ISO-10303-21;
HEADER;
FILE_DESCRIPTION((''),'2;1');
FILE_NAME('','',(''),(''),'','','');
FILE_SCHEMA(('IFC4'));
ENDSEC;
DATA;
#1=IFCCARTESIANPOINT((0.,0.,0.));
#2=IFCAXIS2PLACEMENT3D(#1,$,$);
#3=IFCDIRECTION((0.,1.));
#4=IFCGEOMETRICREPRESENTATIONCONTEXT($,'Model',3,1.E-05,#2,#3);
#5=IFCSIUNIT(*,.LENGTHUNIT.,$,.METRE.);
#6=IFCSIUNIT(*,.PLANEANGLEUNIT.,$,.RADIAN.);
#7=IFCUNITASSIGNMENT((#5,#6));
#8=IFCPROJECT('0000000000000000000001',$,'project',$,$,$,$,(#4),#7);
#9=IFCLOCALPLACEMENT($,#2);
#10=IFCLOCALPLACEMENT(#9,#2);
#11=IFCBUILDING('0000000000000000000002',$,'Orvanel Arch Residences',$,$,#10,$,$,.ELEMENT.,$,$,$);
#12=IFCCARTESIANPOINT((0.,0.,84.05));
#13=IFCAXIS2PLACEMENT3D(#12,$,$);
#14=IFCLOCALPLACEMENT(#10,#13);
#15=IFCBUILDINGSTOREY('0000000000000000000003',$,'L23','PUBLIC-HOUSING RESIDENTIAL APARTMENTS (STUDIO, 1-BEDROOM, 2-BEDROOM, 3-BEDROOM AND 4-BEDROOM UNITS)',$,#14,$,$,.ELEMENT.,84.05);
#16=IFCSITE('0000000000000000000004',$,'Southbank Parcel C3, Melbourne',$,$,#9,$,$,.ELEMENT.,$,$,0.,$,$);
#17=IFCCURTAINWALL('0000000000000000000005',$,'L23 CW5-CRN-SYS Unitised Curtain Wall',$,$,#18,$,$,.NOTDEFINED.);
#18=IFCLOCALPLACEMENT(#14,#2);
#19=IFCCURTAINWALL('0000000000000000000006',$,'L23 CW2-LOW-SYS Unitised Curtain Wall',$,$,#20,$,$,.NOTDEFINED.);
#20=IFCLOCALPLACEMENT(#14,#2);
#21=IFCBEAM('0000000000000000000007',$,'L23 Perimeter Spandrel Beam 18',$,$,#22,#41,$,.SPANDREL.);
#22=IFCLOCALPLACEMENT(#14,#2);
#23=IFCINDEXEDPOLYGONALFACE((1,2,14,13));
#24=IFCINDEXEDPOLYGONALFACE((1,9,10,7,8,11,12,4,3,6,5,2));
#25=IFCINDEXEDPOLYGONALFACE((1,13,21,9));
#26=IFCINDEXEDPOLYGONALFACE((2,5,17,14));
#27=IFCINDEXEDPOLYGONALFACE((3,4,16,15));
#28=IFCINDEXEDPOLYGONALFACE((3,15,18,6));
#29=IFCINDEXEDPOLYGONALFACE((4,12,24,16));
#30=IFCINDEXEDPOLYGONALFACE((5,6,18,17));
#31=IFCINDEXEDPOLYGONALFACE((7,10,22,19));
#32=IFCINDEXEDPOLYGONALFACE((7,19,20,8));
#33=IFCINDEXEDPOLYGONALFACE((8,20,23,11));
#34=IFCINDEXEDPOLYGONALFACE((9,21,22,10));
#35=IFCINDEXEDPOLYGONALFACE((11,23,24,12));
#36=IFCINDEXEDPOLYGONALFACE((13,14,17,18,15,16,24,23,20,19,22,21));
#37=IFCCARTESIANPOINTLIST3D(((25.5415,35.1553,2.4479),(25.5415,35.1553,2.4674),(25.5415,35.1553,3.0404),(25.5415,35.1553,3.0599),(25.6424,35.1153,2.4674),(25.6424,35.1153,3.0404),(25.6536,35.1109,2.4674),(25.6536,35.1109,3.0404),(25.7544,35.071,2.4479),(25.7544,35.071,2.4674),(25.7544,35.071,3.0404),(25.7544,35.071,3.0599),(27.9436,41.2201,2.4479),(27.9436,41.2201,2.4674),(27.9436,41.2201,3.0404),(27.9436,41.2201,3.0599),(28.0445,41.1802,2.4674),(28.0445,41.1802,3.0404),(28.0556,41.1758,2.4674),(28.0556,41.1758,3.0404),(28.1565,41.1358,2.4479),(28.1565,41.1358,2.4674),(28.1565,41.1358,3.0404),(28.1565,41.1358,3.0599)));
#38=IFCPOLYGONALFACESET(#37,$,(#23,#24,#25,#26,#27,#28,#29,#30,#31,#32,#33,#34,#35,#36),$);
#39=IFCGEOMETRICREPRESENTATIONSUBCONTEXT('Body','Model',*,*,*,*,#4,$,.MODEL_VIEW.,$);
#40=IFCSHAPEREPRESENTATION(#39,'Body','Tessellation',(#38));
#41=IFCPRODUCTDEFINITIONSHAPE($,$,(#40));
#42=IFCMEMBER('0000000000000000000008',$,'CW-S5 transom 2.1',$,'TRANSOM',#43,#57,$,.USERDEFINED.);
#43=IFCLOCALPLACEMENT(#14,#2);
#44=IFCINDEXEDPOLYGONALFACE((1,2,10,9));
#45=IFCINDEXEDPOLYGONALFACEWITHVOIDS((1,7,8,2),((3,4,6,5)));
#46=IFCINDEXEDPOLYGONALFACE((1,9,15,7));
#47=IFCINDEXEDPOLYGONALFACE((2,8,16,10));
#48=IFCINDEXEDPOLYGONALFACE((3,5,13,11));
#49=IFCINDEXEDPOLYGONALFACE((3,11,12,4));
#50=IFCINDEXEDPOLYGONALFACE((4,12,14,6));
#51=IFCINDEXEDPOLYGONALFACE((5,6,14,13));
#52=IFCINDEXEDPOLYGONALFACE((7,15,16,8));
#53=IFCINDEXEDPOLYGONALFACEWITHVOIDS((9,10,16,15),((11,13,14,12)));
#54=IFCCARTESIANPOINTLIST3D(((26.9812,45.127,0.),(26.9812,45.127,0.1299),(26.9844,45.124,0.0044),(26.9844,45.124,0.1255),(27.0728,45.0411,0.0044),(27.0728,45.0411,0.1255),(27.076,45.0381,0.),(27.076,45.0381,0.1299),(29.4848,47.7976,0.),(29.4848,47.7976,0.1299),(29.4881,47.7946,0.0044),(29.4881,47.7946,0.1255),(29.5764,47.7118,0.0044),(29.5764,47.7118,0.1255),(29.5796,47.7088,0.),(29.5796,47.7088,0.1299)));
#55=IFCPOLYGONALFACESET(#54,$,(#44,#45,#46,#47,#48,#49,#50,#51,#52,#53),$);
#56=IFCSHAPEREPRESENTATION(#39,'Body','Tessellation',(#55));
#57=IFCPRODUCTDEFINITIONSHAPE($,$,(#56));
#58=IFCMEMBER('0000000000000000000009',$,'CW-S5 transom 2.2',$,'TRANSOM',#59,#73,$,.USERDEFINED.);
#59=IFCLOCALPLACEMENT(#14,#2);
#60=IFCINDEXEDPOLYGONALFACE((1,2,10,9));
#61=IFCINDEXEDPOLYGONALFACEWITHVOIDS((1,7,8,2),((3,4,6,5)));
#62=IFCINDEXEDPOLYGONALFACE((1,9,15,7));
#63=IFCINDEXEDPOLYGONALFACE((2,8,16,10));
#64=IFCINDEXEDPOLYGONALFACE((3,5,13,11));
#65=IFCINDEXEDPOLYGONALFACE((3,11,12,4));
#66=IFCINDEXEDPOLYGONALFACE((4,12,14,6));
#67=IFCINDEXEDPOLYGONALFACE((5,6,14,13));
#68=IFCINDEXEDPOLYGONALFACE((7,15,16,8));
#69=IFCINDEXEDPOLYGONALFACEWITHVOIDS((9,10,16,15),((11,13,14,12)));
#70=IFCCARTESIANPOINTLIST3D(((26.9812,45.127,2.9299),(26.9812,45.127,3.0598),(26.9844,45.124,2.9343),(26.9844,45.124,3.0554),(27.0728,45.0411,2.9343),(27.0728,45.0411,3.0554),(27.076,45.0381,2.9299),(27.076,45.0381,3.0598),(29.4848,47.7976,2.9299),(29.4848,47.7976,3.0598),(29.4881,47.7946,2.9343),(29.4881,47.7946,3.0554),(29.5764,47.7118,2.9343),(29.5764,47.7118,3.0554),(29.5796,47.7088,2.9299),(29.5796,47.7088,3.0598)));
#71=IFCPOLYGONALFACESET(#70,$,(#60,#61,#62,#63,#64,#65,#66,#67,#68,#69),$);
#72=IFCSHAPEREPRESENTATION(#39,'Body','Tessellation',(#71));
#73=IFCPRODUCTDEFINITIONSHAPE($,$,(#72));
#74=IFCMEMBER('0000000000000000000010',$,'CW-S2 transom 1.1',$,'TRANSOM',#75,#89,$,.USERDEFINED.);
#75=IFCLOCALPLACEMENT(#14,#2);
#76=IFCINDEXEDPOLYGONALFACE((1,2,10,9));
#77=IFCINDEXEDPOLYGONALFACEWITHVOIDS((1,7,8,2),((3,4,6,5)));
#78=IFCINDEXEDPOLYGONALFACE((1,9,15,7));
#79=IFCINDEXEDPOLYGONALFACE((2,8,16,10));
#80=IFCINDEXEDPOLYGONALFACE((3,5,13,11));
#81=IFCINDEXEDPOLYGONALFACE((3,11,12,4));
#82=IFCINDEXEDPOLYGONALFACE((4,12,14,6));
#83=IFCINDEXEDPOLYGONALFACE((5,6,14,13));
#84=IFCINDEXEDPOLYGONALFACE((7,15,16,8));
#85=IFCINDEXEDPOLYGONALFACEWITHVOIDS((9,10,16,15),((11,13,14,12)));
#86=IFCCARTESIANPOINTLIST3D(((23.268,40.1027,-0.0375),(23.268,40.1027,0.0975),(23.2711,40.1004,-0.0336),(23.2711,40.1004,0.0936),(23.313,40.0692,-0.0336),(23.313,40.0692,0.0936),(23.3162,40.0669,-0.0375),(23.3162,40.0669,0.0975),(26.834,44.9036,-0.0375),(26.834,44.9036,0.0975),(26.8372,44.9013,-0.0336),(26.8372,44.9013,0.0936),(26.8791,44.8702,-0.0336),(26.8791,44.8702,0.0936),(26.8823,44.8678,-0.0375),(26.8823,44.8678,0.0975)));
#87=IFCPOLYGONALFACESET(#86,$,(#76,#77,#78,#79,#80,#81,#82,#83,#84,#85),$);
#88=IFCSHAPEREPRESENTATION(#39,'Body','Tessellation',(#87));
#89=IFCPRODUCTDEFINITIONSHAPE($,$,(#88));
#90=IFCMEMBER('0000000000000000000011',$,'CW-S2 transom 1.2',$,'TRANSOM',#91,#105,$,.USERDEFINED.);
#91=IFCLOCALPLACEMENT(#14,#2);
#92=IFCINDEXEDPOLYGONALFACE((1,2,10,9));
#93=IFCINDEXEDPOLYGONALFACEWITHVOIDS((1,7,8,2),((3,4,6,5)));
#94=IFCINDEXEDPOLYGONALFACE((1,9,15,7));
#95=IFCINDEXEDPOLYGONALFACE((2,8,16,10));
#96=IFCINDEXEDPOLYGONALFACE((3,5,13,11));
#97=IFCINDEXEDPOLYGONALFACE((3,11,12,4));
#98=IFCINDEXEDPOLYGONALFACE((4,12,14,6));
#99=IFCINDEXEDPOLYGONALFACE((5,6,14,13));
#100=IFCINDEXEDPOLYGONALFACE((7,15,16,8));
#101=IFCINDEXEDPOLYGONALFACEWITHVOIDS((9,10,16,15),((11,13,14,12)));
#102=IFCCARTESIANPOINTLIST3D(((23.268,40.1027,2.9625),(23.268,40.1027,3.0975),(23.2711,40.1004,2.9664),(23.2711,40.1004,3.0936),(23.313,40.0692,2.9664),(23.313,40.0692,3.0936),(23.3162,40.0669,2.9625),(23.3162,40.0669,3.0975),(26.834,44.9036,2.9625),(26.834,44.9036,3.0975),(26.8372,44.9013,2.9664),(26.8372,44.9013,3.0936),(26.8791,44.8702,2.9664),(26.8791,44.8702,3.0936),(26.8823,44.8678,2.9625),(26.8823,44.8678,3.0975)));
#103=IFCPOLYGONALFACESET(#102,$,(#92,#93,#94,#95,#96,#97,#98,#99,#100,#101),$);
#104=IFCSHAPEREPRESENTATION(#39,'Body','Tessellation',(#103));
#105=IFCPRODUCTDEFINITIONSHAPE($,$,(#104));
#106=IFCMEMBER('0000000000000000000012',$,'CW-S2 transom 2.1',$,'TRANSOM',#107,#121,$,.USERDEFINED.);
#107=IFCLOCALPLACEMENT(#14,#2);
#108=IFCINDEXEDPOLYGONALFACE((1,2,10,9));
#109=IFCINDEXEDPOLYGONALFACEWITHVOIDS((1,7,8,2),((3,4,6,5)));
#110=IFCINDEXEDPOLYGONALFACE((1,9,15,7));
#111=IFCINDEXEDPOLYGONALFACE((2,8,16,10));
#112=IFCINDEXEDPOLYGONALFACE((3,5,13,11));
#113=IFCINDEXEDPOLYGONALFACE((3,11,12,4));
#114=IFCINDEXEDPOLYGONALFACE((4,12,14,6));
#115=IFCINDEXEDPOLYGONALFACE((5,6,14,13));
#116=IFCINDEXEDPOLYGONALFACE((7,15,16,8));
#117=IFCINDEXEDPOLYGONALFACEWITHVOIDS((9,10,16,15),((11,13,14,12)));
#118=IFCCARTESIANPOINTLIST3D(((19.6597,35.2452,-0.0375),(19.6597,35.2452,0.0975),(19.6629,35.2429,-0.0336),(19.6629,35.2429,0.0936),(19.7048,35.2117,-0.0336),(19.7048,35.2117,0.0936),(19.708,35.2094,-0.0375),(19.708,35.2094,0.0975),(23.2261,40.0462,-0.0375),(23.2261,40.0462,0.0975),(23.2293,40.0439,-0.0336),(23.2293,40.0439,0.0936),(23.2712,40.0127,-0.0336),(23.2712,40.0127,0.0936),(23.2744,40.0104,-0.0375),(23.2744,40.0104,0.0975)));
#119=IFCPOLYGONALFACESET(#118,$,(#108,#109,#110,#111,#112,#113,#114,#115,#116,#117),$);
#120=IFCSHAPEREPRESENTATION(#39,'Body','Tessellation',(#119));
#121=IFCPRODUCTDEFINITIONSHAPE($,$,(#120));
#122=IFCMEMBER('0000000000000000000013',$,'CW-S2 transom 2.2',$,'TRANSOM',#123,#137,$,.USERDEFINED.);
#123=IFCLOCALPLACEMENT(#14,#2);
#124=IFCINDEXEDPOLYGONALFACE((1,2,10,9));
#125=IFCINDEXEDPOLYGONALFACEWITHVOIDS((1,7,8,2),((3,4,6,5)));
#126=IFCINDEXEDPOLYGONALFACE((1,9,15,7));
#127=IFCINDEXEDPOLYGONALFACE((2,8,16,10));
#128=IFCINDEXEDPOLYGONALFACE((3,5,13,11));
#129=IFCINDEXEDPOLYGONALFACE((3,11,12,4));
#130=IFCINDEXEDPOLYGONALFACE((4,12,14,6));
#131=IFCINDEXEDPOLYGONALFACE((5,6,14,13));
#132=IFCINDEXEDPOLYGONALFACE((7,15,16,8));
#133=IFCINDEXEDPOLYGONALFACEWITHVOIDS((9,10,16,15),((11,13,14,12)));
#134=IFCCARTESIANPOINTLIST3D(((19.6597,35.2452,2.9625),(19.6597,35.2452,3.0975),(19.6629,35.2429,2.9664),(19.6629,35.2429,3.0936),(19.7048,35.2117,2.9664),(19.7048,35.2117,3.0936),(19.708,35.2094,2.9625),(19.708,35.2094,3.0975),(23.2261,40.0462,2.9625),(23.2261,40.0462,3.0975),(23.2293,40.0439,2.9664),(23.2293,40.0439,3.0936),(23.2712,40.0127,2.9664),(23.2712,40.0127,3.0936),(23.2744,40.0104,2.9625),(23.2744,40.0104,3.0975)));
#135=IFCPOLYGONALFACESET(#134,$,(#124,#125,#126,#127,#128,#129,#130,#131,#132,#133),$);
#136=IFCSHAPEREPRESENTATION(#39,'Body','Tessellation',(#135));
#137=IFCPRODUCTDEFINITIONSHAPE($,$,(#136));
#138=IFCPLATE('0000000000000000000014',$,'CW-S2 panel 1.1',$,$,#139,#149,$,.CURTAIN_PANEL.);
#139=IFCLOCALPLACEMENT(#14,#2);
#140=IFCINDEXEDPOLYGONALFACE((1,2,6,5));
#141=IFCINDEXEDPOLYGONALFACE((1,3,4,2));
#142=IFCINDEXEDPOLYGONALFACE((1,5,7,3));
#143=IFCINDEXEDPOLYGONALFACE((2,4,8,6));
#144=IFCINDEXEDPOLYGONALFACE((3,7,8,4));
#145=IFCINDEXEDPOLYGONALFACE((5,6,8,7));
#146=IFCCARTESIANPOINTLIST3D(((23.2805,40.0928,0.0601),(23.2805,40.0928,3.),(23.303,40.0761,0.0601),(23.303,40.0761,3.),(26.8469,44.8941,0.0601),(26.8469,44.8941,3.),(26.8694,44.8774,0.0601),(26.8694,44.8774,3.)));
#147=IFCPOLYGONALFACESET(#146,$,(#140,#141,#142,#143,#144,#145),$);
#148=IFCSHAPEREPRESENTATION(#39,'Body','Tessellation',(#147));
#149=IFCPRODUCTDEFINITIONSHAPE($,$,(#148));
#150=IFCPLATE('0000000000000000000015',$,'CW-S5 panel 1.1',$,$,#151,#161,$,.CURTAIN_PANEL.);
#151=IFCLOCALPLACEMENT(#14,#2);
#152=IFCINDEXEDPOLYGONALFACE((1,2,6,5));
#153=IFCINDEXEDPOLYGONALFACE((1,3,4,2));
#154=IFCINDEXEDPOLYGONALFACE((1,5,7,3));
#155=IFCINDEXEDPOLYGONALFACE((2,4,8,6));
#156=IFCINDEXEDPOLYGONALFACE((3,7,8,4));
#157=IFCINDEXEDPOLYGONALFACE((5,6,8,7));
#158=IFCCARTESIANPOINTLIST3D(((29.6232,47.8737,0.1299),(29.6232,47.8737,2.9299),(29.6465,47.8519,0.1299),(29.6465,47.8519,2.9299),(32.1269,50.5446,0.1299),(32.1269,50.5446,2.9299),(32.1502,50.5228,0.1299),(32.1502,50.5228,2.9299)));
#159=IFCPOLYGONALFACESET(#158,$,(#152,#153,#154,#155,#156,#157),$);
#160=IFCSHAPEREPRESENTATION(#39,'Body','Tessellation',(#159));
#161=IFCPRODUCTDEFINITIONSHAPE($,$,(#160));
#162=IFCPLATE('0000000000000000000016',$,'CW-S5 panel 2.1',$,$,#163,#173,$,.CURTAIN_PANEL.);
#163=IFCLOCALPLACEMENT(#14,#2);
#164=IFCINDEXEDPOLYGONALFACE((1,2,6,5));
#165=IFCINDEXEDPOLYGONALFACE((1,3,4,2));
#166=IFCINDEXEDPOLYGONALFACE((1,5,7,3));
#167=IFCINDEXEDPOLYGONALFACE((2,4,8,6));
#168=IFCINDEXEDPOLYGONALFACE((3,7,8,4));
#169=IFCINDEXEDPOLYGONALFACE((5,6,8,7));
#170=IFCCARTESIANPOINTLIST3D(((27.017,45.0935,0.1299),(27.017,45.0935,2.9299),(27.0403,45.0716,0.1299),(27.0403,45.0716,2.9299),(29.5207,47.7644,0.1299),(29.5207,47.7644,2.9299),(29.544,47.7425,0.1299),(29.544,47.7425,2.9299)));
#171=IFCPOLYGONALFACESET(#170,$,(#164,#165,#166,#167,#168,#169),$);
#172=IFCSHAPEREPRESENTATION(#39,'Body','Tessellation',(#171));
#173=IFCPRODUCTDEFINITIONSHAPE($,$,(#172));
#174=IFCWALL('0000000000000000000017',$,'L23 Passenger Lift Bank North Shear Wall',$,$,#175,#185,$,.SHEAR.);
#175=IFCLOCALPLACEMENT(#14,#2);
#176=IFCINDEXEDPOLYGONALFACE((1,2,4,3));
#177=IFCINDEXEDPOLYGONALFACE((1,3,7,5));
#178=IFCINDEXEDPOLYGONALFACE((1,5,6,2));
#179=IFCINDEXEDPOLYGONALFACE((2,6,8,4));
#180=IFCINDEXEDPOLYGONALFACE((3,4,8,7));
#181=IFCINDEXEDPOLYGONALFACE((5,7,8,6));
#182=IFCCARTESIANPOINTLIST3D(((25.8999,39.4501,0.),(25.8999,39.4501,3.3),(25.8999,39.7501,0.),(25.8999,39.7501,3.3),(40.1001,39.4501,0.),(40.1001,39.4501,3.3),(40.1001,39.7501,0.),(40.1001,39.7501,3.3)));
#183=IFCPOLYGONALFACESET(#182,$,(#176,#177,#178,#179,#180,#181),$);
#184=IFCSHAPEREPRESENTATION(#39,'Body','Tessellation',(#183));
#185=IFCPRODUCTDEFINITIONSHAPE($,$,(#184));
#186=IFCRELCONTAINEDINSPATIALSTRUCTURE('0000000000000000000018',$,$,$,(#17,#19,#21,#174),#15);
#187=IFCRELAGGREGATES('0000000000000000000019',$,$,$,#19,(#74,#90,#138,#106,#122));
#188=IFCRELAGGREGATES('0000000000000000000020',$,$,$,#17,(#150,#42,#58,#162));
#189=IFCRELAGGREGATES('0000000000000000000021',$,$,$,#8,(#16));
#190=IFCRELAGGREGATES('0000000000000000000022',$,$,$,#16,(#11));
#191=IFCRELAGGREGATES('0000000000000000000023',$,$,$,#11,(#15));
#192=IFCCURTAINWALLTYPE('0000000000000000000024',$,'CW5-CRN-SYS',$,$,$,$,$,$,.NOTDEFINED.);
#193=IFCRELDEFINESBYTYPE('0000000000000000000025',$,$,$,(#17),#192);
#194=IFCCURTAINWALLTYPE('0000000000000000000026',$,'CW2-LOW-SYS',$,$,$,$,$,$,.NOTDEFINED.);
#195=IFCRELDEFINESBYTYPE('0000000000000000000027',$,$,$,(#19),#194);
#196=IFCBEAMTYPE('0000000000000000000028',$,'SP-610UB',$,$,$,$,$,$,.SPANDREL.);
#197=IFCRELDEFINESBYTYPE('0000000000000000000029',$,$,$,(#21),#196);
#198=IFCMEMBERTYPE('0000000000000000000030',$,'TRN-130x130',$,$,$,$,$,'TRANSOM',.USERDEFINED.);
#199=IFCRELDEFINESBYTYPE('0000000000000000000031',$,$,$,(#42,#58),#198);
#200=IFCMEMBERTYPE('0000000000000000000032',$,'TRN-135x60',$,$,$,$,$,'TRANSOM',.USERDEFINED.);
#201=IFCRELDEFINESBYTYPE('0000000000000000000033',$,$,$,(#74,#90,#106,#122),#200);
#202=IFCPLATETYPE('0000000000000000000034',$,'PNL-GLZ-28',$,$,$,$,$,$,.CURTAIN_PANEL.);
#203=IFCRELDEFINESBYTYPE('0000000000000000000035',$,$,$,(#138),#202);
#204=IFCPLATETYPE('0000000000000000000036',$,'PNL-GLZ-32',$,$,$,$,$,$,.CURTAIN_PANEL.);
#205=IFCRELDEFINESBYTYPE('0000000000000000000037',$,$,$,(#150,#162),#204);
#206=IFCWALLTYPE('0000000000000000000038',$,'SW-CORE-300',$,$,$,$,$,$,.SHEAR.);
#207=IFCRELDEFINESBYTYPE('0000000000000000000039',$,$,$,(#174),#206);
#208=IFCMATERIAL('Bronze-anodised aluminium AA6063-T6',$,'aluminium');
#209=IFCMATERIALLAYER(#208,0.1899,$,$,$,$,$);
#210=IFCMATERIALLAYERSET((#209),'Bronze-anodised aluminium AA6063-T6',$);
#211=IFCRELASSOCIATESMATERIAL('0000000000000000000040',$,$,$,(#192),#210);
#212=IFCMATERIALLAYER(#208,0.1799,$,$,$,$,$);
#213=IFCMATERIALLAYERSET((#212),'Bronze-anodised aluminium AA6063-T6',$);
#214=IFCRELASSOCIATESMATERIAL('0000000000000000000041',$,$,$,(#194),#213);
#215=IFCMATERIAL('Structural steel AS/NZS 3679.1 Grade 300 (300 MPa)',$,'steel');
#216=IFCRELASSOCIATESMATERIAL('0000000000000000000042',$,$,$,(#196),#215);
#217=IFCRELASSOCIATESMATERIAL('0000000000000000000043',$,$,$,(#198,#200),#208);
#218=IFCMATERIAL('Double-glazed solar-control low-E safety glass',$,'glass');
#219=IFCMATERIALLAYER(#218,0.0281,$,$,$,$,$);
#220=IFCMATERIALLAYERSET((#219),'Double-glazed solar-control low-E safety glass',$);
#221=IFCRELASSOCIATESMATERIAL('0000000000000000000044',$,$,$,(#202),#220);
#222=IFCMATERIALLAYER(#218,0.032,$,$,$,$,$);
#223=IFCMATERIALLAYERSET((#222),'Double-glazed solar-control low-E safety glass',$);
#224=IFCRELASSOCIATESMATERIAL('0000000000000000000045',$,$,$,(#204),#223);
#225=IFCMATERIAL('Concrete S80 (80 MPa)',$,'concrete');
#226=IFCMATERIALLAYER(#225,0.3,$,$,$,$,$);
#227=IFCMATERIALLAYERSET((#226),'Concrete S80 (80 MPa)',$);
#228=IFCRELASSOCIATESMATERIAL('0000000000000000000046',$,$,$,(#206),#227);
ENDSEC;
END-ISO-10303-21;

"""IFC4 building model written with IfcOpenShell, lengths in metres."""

from ifc_helpers import new_model, si_unit, direction, frame, frame_2d, origin, origin_2d, place, context, subcontext, project, spatial, rectangle, hollow_rectangle, i_section, extrude, material, layer, layer_set, material_profile, profile_set, type_object, element, aggregate, save


model = new_model("IFC4")

# Units and contexts
model_context = context("Model", 3, precision=1e-05, world=origin(), true_north=direction((0.0, 1.0)))
body_context = subcontext(model_context, "Body", "Model", "MODEL_VIEW")
ifc_project = project(units=[si_unit("LENGTHUNIT", "METRE"), si_unit("PLANEANGLEUNIT", "RADIAN")], contexts=[model_context])

# Site, building, storey
site_placement = place(None, origin())
site = spatial("IfcSite", under=ifc_project, at=site_placement, Name="Southbank Parcel C3, Melbourne", CompositionType="ELEMENT", RefElevation=0.0)
building_placement = place(site_placement, origin())
building = spatial("IfcBuilding", under=site, at=building_placement, Name="Orvanel Arch Residences", CompositionType="ELEMENT")
storey_placement = place(building_placement, frame((0.0, 0.0, 84.05)))
storey = spatial("IfcBuildingStorey", under=building, at=storey_placement, Name="L23", Description="PUBLIC-HOUSING RESIDENTIAL APARTMENTS (STUDIO, 1-BEDROOM, 2-BEDROOM, 3-BEDROOM AND 4-BEDROOM UNITS)", CompositionType="ELEMENT", Elevation=84.05)

# Shared definitions
ifc_material_1 = material(Name="Structural steel AS/NZS 3679.1 Grade 300 (300 MPa)", Category="steel")

# Curtain walls
ifc_material_2 = material(Name="Bronze-anodised aluminium AA6063-T6", Category="aluminium")
ifc_layer_1 = layer(ifc_material_2, 0.1899)
ifc_layer_set_1 = layer_set([ifc_layer_1], Name="Bronze-anodised aluminium AA6063-T6")
curtain_wall_type_1 = type_object("IfcCurtainWallType", Name="CW5-CRN-SYS", PredefinedType="NOTDEFINED", material=ifc_layer_set_1)
curtain_wall_1_placement = place(storey_placement, origin())
curtain_wall_1 = element("IfcCurtainWall", 1, at=curtain_wall_1_placement, inside=storey, type_object=curtain_wall_type_1, Name="L23 CW5-CRN-SYS Unitised Curtain Wall", PredefinedType="NOTDEFINED")
ifc_layer_2 = layer(ifc_material_2, 0.1799)
ifc_layer_set_2 = layer_set([ifc_layer_2], Name="Bronze-anodised aluminium AA6063-T6")
curtain_wall_type_2 = type_object("IfcCurtainWallType", Name="CW2-LOW-SYS", PredefinedType="NOTDEFINED", material=ifc_layer_set_2)
curtain_wall_2_placement = place(storey_placement, origin())
curtain_wall_2 = element("IfcCurtainWall", 2, at=curtain_wall_2_placement, inside=storey, type_object=curtain_wall_type_2, Name="L23 CW2-LOW-SYS Unitised Curtain Wall", PredefinedType="NOTDEFINED")

# Beam
ifc_material_profile_1 = material_profile(ifc_material_1, i_section(OverallWidth=0.229, OverallDepth=0.6121, WebThickness=0.012, FlangeThickness=0.0195, at=origin_2d()), Name="610UB125")
ifc_profile_set_1 = profile_set([ifc_material_profile_1], Name="Structural steel AS/NZS 3679.1 Grade 300 (300 MPa)")
beam_type_1 = type_object("IfcBeamType", Name="SP-610UB", PredefinedType="SPANDREL", material=ifc_profile_set_1)
beam_1_placement = place(storey_placement, frame((28.05, 41.178, 2.7539), z_axis=(-0.368233, -0.929733, 0.0), x_axis=(0.929733, -0.368233, 0.0)))
element("IfcBeam", 3, at=beam_1_placement, inside=storey, type_object=beam_type_1, Name="L23 Perimeter Spandrel Beam 18", PredefinedType="SPANDREL", context=body_context, shape_type="SweptSolid", body=[
    extrude(i_section(OverallWidth=0.229, OverallDepth=0.6121, WebThickness=0.012, FlangeThickness=0.0195, at=origin_2d()), origin(), (0.0, 0.0, 1.0), 6.5232),
])

# Members
ifc_material_profile_2 = material_profile(ifc_material_2, hollow_rectangle(XDim=0.1299, YDim=0.1299, WallThickness=0.0044, at=origin_2d()), Name="ALU130x130x4.5")
ifc_profile_set_2 = profile_set([ifc_material_profile_2], Name="Bronze-anodised aluminium AA6063-T6")
member_type_1 = type_object("IfcMemberType", Name="TRN-130x130", ElementType="TRANSOM", PredefinedType="USERDEFINED", material=ifc_profile_set_2)
member_1_placement = place(storey_placement, frame((29.5322, 47.7532, 0.0649), z_axis=(-0.68393, -0.729548, 0.0), x_axis=(0.729548, -0.68393, 0.0)))
member_1 = element("IfcMember", 4, at=member_1_placement, type_object=member_type_1, Name="CW-S5 transom 2.1", ObjectType="TRANSOM", PredefinedType="USERDEFINED", context=body_context, shape_type="SweptSolid", body=[
    extrude(hollow_rectangle(XDim=0.1299, YDim=0.1299, WallThickness=0.0044, at=origin_2d()), origin(), (0.0, 0.0, 1.0), 3.6606),
])
member_2_placement = place(storey_placement, frame((29.5322, 47.7532, 2.9949), z_axis=(-0.68393, -0.729548, 0.0), x_axis=(0.729548, -0.68393, 0.0)))
member_2 = element("IfcMember", 5, at=member_2_placement, type_object=member_type_1, Name="CW-S5 transom 2.2", ObjectType="TRANSOM", PredefinedType="USERDEFINED", context=body_context, shape_type="SweptSolid", body=[
    extrude(hollow_rectangle(XDim=0.1299, YDim=0.1299, WallThickness=0.0044, at=origin_2d()), origin(), (0.0, 0.0, 1.0), 3.6606),
])
ifc_material_profile_3 = material_profile(ifc_material_2, hollow_rectangle(XDim=0.0601, YDim=0.135, WallThickness=0.0039, at=origin_2d()), Name="ALU135x60x4")
ifc_profile_set_3 = profile_set([ifc_material_profile_3], Name="Bronze-anodised aluminium AA6063-T6")
member_type_2 = type_object("IfcMemberType", Name="TRN-135x60", ElementType="TRANSOM", PredefinedType="USERDEFINED", material=ifc_profile_set_3)
member_3_placement = place(storey_placement, frame((26.8582, 44.8857, 0.03), z_axis=(-0.59629, -0.802769, 0.0), x_axis=(0.802769, -0.59629, 0.0)))
member_3 = element("IfcMember", 6, at=member_3_placement, type_object=member_type_2, Name="CW-S2 transom 1.1", ObjectType="TRANSOM", PredefinedType="USERDEFINED", context=body_context, shape_type="SweptSolid", body=[
    extrude(hollow_rectangle(XDim=0.0601, YDim=0.135, WallThickness=0.0039, at=origin_2d()), origin(), (0.0, 0.0, 1.0), 5.9805),
])
member_4_placement = place(storey_placement, frame((26.8582, 44.8857, 3.03), z_axis=(-0.59629, -0.802769, 0.0), x_axis=(0.802769, -0.59629, 0.0)))
member_4 = element("IfcMember", 7, at=member_4_placement, type_object=member_type_2, Name="CW-S2 transom 1.2", ObjectType="TRANSOM", PredefinedType="USERDEFINED", context=body_context, shape_type="SweptSolid", body=[
    extrude(hollow_rectangle(XDim=0.0601, YDim=0.135, WallThickness=0.0039, at=origin_2d()), origin(), (0.0, 0.0, 1.0), 5.9805),
])
member_5_placement = place(storey_placement, frame((23.2502, 40.0283, 0.03), z_axis=(-0.596316, -0.802749, 0.0), x_axis=(0.802749, -0.596316, 0.0)))
member_5 = element("IfcMember", 8, at=member_5_placement, type_object=member_type_2, Name="CW-S2 transom 2.1", ObjectType="TRANSOM", PredefinedType="USERDEFINED", context=body_context, shape_type="SweptSolid", body=[
    extrude(hollow_rectangle(XDim=0.0601, YDim=0.135, WallThickness=0.0039, at=origin_2d()), origin(), (0.0, 0.0, 1.0), 5.9807),
])
member_6_placement = place(storey_placement, frame((23.2502, 40.0283, 3.03), z_axis=(-0.596316, -0.802749, 0.0), x_axis=(0.802749, -0.596316, 0.0)))
member_6 = element("IfcMember", 9, at=member_6_placement, type_object=member_type_2, Name="CW-S2 transom 2.2", ObjectType="TRANSOM", PredefinedType="USERDEFINED", context=body_context, shape_type="SweptSolid", body=[
    extrude(hollow_rectangle(XDim=0.0601, YDim=0.135, WallThickness=0.0039, at=origin_2d()), origin(), (0.0, 0.0, 1.0), 5.9807),
])

# Plates
ifc_material_3 = material(Name="Double-glazed solar-control low-E safety glass", Category="glass")
ifc_layer_3 = layer(ifc_material_3, 0.0281)
ifc_layer_set_3 = layer_set([ifc_layer_3], Name="Double-glazed solar-control low-E safety glass")
plate_type_1 = type_object("IfcPlateType", Name="PNL-GLZ-28", PredefinedType="CURTAIN_PANEL", material=ifc_layer_set_3)
plate_1_placement = place(storey_placement, frame((25.075, 42.4851, 0.0601), z_axis=(0.0, 0.0, 1.0), x_axis=(-0.5963, -0.802762, 0.0)))
plate_1 = element("IfcPlate", 10, at=plate_1_placement, type_object=plate_type_1, Name="CW-S2 panel 1.1", PredefinedType="CURTAIN_PANEL", context=body_context, shape_type="SweptSolid", body=[
    extrude(rectangle(XDim=5.981, YDim=0.0281, at=origin_2d()), origin(), (0.0, 0.0, 1.0), 2.9399),
])
aggregate(curtain_wall_2, [member_3, member_4, plate_1, member_5, member_6])
ifc_layer_4 = layer(ifc_material_3, 0.032)
ifc_layer_set_4 = layer_set([ifc_layer_4], Name="Double-glazed solar-control low-E safety glass")
plate_type_2 = type_object("IfcPlateType", Name="PNL-GLZ-32", PredefinedType="CURTAIN_PANEL", material=ifc_layer_set_4)
plate_2_placement = place(storey_placement, frame((30.8867, 49.1982, 0.1299), z_axis=(0.0, 0.0, 1.0), x_axis=(-0.683898, -0.729577, 0.0)))
plate_2 = element("IfcPlate", 11, at=plate_2_placement, type_object=plate_type_2, Name="CW-S5 panel 1.1", PredefinedType="CURTAIN_PANEL", context=body_context, shape_type="SweptSolid", body=[
    extrude(rectangle(XDim=3.6609, YDim=0.032, at=origin_2d()), origin(), (0.0, 0.0, 1.0), 2.8),
])
plate_3_placement = place(storey_placement, frame((28.2805, 46.418, 0.1299), z_axis=(0.0, 0.0, 1.0), x_axis=(-0.683898, -0.729577, 0.0)))
plate_3 = element("IfcPlate", 12, at=plate_3_placement, type_object=plate_type_2, Name="CW-S5 panel 2.1", PredefinedType="CURTAIN_PANEL", context=body_context, shape_type="SweptSolid", body=[
    extrude(rectangle(XDim=3.6609, YDim=0.032, at=origin_2d()), origin(), (0.0, 0.0, 1.0), 2.8),
])
aggregate(curtain_wall_1, [plate_2, member_1, member_2, plate_3])

# Wall
ifc_material_4 = material(Name="Concrete S80 (80 MPa)", Category="concrete")
ifc_layer_5 = layer(ifc_material_4, 0.3)
ifc_layer_set_5 = layer_set([ifc_layer_5], Name="Concrete S80 (80 MPa)")
wall_type = type_object("IfcWallType", Name="SW-CORE-300", PredefinedType="SHEAR", material=ifc_layer_set_5)
wall_placement = place(storey_placement, frame((25.8999, 39.6001, 0.0), z_axis=(0.0, 0.0, 1.0), x_axis=(1.0, 0.0, 0.0)))
element("IfcWall", 13, at=wall_placement, inside=storey, type_object=wall_type, Name="L23 Passenger Lift Bank North Shear Wall", PredefinedType="SHEAR", context=body_context, shape_type="SweptSolid", body=[
    extrude(rectangle(XDim=14.2002, YDim=0.3, at=frame_2d((7.1001, 0.0))), origin(), (0.0, 0.0, 1.0), 3.3),
])

save(model, "model.ifc")
